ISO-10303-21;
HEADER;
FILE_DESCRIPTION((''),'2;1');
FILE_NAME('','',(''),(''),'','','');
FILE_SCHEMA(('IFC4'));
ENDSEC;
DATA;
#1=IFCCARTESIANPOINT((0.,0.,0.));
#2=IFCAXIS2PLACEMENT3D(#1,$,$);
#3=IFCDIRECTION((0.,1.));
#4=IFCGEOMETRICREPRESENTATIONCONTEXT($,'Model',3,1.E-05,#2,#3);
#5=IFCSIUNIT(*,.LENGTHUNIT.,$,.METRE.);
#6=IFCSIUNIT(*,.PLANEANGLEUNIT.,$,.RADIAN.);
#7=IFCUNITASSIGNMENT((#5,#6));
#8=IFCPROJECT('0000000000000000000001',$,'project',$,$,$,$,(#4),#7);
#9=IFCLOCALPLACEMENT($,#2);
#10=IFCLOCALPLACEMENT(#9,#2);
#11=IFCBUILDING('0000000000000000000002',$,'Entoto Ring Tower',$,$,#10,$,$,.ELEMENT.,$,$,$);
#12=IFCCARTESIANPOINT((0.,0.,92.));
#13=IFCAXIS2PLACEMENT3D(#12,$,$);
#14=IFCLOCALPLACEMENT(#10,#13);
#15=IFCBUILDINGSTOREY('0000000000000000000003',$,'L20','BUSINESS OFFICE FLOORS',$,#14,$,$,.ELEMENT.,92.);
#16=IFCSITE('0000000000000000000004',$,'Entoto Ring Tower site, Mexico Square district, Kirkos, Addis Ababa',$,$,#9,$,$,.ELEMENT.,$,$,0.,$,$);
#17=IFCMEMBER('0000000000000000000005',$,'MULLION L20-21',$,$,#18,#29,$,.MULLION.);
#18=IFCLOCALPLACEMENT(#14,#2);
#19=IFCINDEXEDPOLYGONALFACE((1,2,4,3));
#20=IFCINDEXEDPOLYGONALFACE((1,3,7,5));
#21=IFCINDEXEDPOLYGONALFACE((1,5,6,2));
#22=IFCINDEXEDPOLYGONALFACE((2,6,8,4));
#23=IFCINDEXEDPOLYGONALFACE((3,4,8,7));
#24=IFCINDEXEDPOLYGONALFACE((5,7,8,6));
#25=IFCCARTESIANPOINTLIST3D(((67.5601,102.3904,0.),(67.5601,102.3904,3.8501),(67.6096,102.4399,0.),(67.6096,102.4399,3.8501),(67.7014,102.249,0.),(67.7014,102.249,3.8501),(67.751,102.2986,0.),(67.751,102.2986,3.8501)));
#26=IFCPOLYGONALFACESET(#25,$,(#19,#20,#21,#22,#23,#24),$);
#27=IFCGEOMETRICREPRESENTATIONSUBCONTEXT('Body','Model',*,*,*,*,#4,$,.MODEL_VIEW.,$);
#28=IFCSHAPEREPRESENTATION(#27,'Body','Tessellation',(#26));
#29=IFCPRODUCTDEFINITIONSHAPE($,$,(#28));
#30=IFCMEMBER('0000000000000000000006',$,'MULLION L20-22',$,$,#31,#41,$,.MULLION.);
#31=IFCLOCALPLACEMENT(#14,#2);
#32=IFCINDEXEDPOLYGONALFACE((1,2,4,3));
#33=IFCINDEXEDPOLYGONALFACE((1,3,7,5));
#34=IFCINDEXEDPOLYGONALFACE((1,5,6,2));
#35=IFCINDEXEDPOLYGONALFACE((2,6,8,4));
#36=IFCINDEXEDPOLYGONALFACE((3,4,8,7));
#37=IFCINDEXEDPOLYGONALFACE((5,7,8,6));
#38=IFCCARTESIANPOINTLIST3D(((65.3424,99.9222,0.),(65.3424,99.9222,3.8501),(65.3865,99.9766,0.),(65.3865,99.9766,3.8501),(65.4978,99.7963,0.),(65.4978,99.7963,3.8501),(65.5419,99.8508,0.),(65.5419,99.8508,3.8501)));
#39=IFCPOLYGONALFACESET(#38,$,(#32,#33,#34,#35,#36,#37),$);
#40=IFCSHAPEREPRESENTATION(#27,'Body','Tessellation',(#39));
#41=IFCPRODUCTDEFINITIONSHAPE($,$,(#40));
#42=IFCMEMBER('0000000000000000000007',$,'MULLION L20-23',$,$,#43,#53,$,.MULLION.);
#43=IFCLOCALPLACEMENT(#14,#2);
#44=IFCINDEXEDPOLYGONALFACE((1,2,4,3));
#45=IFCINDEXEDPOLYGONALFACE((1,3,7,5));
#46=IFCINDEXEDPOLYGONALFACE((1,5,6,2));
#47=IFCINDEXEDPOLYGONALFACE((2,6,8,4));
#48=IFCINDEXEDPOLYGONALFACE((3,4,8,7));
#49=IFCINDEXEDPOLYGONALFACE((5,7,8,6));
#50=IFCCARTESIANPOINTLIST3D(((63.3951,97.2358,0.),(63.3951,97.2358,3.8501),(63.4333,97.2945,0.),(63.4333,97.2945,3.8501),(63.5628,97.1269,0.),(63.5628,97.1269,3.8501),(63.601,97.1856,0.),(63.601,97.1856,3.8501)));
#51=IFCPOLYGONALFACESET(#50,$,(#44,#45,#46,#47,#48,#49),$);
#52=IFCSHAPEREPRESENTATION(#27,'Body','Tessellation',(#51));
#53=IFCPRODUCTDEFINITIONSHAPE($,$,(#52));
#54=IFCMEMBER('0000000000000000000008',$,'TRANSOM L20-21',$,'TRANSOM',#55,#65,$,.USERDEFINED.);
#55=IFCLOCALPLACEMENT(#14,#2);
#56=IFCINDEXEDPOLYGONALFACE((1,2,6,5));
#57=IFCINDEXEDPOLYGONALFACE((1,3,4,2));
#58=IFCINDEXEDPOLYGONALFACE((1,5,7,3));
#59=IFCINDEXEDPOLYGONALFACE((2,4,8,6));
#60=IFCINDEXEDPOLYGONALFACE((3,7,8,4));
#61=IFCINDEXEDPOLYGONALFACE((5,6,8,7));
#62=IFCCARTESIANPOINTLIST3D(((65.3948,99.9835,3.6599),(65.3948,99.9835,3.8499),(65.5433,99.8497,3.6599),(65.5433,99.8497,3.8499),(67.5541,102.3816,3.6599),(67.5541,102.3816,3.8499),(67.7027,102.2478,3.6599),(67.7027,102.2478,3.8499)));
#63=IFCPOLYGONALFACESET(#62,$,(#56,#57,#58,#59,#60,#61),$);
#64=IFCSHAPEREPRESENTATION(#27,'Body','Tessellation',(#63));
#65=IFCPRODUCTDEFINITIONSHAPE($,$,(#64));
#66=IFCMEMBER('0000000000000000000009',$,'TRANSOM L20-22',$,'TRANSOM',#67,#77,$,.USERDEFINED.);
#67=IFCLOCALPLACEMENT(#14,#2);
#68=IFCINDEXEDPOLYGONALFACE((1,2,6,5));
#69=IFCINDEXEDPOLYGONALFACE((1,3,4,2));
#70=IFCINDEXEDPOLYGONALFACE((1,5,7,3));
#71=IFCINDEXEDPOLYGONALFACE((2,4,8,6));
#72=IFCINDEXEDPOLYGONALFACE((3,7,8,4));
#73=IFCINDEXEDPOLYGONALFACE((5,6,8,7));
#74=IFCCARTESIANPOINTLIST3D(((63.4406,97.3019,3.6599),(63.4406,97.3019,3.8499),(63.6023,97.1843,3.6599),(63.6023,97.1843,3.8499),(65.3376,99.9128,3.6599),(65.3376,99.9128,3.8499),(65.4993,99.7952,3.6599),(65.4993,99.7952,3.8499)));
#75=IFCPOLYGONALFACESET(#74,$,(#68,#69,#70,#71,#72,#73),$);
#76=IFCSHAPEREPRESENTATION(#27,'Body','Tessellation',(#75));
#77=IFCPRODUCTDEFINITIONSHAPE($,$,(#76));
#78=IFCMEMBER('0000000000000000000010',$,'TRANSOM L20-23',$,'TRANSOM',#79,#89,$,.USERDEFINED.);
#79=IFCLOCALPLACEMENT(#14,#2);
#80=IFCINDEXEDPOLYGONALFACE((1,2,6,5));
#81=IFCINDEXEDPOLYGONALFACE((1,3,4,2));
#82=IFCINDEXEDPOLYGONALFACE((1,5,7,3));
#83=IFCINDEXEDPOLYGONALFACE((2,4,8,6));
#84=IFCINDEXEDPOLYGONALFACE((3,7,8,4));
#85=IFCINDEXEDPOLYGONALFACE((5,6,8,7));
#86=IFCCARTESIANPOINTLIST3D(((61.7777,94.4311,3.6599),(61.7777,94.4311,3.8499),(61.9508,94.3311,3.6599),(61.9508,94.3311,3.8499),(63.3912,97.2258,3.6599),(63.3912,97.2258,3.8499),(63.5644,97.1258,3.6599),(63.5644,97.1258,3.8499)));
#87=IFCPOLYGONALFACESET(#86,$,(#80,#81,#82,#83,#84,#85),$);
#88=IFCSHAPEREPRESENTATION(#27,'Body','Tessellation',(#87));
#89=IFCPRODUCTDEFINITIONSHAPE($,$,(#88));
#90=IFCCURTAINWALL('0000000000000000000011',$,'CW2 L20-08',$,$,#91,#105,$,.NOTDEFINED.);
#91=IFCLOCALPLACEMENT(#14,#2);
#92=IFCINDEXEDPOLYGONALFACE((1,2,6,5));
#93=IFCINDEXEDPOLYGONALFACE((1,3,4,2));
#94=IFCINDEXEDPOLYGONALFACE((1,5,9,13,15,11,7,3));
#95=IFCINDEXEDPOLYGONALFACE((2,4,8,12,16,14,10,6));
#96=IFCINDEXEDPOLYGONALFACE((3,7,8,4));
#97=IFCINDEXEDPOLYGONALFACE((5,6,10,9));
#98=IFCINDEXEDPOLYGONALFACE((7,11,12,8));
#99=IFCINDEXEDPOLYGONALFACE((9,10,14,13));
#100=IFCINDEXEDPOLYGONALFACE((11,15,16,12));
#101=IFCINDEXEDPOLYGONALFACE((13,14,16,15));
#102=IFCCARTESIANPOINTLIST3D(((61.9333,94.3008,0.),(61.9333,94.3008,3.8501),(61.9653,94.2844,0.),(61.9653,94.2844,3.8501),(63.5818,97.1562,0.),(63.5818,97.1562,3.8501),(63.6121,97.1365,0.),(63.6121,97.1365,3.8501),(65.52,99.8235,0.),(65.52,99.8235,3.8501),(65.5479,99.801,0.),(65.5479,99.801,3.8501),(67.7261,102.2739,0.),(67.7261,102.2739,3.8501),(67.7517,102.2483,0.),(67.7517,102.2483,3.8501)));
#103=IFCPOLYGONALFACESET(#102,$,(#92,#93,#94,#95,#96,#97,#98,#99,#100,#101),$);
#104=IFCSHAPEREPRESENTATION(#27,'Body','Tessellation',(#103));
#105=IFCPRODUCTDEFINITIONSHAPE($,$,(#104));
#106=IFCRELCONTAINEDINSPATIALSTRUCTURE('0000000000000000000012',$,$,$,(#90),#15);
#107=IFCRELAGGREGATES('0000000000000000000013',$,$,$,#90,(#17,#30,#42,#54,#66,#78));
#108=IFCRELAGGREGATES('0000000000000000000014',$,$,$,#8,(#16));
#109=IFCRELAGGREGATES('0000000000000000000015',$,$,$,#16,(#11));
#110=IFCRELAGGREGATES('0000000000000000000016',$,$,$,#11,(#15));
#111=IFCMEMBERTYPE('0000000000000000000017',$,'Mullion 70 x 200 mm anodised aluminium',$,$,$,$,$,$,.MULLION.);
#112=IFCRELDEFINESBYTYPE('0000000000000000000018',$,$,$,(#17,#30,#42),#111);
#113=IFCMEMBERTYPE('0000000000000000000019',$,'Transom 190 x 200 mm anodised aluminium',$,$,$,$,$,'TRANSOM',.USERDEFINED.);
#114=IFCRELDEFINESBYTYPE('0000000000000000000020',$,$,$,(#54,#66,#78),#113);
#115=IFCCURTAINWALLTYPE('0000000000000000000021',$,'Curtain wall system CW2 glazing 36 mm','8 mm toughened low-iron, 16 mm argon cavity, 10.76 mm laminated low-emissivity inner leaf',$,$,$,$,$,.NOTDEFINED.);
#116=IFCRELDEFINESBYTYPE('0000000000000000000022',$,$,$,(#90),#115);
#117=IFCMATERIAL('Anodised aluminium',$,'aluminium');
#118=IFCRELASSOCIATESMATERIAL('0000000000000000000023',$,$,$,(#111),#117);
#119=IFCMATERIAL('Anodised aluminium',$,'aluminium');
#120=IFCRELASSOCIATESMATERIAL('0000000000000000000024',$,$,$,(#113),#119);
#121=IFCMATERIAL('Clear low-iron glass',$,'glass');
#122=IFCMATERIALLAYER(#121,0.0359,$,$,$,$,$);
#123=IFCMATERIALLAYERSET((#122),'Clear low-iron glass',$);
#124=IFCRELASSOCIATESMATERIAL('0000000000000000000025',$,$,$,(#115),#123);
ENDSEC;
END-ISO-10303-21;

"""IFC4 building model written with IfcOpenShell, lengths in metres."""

from ifc_helpers import new_model, si_unit, direction, frame, origin, origin_2d, place, context, subcontext, project, spatial, polyline, rectangle, outline, extrude, material, layer, layer_set, material_profile, profile_set, type_object, element, aggregate, save


model = new_model("IFC4")

# Units and contexts
model_context = context("Model", 3, precision=1e-05, world=origin(), true_north=direction((0.0, 1.0)))
body_context = subcontext(model_context, "Body", "Model", "MODEL_VIEW")
ifc_project = project(units=[si_unit("LENGTHUNIT", "METRE"), si_unit("PLANEANGLEUNIT", "RADIAN")], contexts=[model_context])

# Members
ifc_material_1 = material(Name="Anodised aluminium", Category="aluminium")
ifc_material_profile_1 = material_profile(ifc_material_1, rectangle(XDim=0.0701, YDim=0.2, at=origin_2d()), Name="Mullion 70 x 200 mm anodised aluminium")
ifc_profile_set_1 = profile_set([ifc_material_profile_1], Name="Anodised aluminium")
member_type_1 = type_object("IfcMemberType", Name="Mullion 70 x 200 mm anodised aluminium", PredefinedType="MULLION", material=ifc_profile_set_1)
site_placement = place(None, origin())
building_placement = place(site_placement, origin())
storey_placement = place(building_placement, frame((0.0, 0.0, 92.0)))
member_1_placement = place(storey_placement, frame((67.6555, 102.3445, 0.0), z_axis=(0.0, 0.0, 1.0), x_axis=(-0.707107, -0.707107, 0.0)))
member_1 = element("IfcMember", 1, at=member_1_placement, type_object=member_type_1, Name="MULLION L20-21", PredefinedType="MULLION", context=body_context, shape_type="SweptSolid", body=[
    extrude(rectangle(XDim=0.0701, YDim=0.2, at=origin_2d()), origin(), (0.0, 0.0, 1.0), 3.8501),
])
member_2_placement = place(storey_placement, frame((65.4421, 99.8865, 0.0), z_axis=(0.0, 0.0, 1.0), x_axis=(-0.62932, -0.777146, 0.0)))
member_2 = element("IfcMember", 2, at=member_2_placement, type_object=member_type_1, Name="MULLION L20-22", PredefinedType="MULLION", context=body_context, shape_type="SweptSolid", body=[
    extrude(rectangle(XDim=0.0701, YDim=0.2, at=origin_2d()), origin(), (0.0, 0.0, 1.0), 3.8501),
])
member_3_placement = place(storey_placement, frame((63.498, 97.2107, 0.0), z_axis=(0.0, 0.0, 1.0), x_axis=(-0.544639, -0.838671, 0.0)))
member_3 = element("IfcMember", 3, at=member_3_placement, type_object=member_type_1, Name="MULLION L20-23", PredefinedType="MULLION", context=body_context, shape_type="SweptSolid", body=[
    extrude(rectangle(XDim=0.0701, YDim=0.2, at=origin_2d()), origin(), (0.0, 0.0, 1.0), 3.8501),
])
ifc_material_2 = material(Name="Anodised aluminium", Category="aluminium")
ifc_material_profile_2 = material_profile(ifc_material_2, rectangle(XDim=0.2, YDim=0.1899, at=origin_2d()), Name="Transom 190 x 200 mm anodised aluminium")
ifc_profile_set_2 = profile_set([ifc_material_profile_2], Name="Anodised aluminium")
member_type_2 = type_object("IfcMemberType", Name="Transom 190 x 200 mm anodised aluminium", ElementType="TRANSOM", PredefinedType="USERDEFINED", material=ifc_profile_set_2)
member_4_placement = place(storey_placement, frame((67.6284, 102.3147, 3.7549), z_axis=(-0.669144, -0.743132, 0.0), x_axis=(0.743132, -0.669144, 0.0)))
member_4 = element("IfcMember", 4, at=member_4_placement, type_object=member_type_2, Name="TRANSOM L20-21", ObjectType="TRANSOM", PredefinedType="USERDEFINED", context=body_context, shape_type="SweptSolid", body=[
    extrude(rectangle(XDim=0.2, YDim=0.1899, at=origin_2d()), origin(), (0.0, 0.0, 1.0), 3.2271),
])
member_5_placement = place(storey_placement, frame((65.4185, 99.854, 3.7549), z_axis=(-0.587803, -0.809004, 0.0), x_axis=(0.809004, -0.587803, 0.0)))
member_5 = element("IfcMember", 5, at=member_5_placement, type_object=member_type_2, Name="TRANSOM L20-22", ObjectType="TRANSOM", PredefinedType="USERDEFINED", context=body_context, shape_type="SweptSolid", body=[
    extrude(rectangle(XDim=0.2, YDim=0.1899, at=origin_2d()), origin(), (0.0, 0.0, 1.0), 3.2273),
])
member_6_placement = place(storey_placement, frame((63.4778, 97.1758, 3.7549), z_axis=(-0.500004, -0.866023, 0.0), x_axis=(0.866023, -0.500004, 0.0)))
member_6 = element("IfcMember", 6, at=member_6_placement, type_object=member_type_2, Name="TRANSOM L20-23", ObjectType="TRANSOM", PredefinedType="USERDEFINED", context=body_context, shape_type="SweptSolid", body=[
    extrude(rectangle(XDim=0.2, YDim=0.1899, at=origin_2d()), origin(), (0.0, 0.0, 1.0), 3.2271),
])

# Site, building, storey
site = spatial("IfcSite", under=ifc_project, at=site_placement, Name="Entoto Ring Tower site, Mexico Square district, Kirkos, Addis Ababa", CompositionType="ELEMENT", RefElevation=0.0)
building = spatial("IfcBuilding", under=site, at=building_placement, Name="Entoto Ring Tower", CompositionType="ELEMENT")
storey = spatial("IfcBuildingStorey", under=building, at=storey_placement, Name="L20", Description="BUSINESS OFFICE FLOORS", CompositionType="ELEMENT", Elevation=92.0)

# Curtain wall
ifc_material_3 = material(Name="Clear low-iron glass", Category="glass")
ifc_layer = layer(ifc_material_3, 0.0359)
ifc_layer_set = layer_set([ifc_layer], Name="Clear low-iron glass")
curtain_wall_type = type_object("IfcCurtainWallType", Name="Curtain wall system CW2 glazing 36 mm", Description="8 mm toughened low-iron, 16 mm argon cavity, 10.76 mm laminated low-emissivity inner leaf", PredefinedType="NOTDEFINED", material=ifc_layer_set)
curtain_wall_1_placement = place(storey_placement, origin())
curtain_wall_1 = element("IfcCurtainWall", 7, at=curtain_wall_1_placement, inside=storey, type_object=curtain_wall_type, Name="CW2 L20-08", PredefinedType="NOTDEFINED", context=body_context, shape_type="SweptSolid", body=[
    extrude(outline(polyline([(67.7261, 102.2739), (65.52, 99.8235), (63.5818, 97.1562), (61.9333, 94.3008), (61.9653, 94.2844), (63.6121, 97.1365), (65.5479, 99.801), (67.7517, 102.2483), (67.7261, 102.2739)])), origin(), (0.0, 0.0, 1.0), 3.8501),
])
aggregate(curtain_wall_1, [member_1, member_2, member_3, member_4, member_5, member_6])

save(model, "model.ifc")
